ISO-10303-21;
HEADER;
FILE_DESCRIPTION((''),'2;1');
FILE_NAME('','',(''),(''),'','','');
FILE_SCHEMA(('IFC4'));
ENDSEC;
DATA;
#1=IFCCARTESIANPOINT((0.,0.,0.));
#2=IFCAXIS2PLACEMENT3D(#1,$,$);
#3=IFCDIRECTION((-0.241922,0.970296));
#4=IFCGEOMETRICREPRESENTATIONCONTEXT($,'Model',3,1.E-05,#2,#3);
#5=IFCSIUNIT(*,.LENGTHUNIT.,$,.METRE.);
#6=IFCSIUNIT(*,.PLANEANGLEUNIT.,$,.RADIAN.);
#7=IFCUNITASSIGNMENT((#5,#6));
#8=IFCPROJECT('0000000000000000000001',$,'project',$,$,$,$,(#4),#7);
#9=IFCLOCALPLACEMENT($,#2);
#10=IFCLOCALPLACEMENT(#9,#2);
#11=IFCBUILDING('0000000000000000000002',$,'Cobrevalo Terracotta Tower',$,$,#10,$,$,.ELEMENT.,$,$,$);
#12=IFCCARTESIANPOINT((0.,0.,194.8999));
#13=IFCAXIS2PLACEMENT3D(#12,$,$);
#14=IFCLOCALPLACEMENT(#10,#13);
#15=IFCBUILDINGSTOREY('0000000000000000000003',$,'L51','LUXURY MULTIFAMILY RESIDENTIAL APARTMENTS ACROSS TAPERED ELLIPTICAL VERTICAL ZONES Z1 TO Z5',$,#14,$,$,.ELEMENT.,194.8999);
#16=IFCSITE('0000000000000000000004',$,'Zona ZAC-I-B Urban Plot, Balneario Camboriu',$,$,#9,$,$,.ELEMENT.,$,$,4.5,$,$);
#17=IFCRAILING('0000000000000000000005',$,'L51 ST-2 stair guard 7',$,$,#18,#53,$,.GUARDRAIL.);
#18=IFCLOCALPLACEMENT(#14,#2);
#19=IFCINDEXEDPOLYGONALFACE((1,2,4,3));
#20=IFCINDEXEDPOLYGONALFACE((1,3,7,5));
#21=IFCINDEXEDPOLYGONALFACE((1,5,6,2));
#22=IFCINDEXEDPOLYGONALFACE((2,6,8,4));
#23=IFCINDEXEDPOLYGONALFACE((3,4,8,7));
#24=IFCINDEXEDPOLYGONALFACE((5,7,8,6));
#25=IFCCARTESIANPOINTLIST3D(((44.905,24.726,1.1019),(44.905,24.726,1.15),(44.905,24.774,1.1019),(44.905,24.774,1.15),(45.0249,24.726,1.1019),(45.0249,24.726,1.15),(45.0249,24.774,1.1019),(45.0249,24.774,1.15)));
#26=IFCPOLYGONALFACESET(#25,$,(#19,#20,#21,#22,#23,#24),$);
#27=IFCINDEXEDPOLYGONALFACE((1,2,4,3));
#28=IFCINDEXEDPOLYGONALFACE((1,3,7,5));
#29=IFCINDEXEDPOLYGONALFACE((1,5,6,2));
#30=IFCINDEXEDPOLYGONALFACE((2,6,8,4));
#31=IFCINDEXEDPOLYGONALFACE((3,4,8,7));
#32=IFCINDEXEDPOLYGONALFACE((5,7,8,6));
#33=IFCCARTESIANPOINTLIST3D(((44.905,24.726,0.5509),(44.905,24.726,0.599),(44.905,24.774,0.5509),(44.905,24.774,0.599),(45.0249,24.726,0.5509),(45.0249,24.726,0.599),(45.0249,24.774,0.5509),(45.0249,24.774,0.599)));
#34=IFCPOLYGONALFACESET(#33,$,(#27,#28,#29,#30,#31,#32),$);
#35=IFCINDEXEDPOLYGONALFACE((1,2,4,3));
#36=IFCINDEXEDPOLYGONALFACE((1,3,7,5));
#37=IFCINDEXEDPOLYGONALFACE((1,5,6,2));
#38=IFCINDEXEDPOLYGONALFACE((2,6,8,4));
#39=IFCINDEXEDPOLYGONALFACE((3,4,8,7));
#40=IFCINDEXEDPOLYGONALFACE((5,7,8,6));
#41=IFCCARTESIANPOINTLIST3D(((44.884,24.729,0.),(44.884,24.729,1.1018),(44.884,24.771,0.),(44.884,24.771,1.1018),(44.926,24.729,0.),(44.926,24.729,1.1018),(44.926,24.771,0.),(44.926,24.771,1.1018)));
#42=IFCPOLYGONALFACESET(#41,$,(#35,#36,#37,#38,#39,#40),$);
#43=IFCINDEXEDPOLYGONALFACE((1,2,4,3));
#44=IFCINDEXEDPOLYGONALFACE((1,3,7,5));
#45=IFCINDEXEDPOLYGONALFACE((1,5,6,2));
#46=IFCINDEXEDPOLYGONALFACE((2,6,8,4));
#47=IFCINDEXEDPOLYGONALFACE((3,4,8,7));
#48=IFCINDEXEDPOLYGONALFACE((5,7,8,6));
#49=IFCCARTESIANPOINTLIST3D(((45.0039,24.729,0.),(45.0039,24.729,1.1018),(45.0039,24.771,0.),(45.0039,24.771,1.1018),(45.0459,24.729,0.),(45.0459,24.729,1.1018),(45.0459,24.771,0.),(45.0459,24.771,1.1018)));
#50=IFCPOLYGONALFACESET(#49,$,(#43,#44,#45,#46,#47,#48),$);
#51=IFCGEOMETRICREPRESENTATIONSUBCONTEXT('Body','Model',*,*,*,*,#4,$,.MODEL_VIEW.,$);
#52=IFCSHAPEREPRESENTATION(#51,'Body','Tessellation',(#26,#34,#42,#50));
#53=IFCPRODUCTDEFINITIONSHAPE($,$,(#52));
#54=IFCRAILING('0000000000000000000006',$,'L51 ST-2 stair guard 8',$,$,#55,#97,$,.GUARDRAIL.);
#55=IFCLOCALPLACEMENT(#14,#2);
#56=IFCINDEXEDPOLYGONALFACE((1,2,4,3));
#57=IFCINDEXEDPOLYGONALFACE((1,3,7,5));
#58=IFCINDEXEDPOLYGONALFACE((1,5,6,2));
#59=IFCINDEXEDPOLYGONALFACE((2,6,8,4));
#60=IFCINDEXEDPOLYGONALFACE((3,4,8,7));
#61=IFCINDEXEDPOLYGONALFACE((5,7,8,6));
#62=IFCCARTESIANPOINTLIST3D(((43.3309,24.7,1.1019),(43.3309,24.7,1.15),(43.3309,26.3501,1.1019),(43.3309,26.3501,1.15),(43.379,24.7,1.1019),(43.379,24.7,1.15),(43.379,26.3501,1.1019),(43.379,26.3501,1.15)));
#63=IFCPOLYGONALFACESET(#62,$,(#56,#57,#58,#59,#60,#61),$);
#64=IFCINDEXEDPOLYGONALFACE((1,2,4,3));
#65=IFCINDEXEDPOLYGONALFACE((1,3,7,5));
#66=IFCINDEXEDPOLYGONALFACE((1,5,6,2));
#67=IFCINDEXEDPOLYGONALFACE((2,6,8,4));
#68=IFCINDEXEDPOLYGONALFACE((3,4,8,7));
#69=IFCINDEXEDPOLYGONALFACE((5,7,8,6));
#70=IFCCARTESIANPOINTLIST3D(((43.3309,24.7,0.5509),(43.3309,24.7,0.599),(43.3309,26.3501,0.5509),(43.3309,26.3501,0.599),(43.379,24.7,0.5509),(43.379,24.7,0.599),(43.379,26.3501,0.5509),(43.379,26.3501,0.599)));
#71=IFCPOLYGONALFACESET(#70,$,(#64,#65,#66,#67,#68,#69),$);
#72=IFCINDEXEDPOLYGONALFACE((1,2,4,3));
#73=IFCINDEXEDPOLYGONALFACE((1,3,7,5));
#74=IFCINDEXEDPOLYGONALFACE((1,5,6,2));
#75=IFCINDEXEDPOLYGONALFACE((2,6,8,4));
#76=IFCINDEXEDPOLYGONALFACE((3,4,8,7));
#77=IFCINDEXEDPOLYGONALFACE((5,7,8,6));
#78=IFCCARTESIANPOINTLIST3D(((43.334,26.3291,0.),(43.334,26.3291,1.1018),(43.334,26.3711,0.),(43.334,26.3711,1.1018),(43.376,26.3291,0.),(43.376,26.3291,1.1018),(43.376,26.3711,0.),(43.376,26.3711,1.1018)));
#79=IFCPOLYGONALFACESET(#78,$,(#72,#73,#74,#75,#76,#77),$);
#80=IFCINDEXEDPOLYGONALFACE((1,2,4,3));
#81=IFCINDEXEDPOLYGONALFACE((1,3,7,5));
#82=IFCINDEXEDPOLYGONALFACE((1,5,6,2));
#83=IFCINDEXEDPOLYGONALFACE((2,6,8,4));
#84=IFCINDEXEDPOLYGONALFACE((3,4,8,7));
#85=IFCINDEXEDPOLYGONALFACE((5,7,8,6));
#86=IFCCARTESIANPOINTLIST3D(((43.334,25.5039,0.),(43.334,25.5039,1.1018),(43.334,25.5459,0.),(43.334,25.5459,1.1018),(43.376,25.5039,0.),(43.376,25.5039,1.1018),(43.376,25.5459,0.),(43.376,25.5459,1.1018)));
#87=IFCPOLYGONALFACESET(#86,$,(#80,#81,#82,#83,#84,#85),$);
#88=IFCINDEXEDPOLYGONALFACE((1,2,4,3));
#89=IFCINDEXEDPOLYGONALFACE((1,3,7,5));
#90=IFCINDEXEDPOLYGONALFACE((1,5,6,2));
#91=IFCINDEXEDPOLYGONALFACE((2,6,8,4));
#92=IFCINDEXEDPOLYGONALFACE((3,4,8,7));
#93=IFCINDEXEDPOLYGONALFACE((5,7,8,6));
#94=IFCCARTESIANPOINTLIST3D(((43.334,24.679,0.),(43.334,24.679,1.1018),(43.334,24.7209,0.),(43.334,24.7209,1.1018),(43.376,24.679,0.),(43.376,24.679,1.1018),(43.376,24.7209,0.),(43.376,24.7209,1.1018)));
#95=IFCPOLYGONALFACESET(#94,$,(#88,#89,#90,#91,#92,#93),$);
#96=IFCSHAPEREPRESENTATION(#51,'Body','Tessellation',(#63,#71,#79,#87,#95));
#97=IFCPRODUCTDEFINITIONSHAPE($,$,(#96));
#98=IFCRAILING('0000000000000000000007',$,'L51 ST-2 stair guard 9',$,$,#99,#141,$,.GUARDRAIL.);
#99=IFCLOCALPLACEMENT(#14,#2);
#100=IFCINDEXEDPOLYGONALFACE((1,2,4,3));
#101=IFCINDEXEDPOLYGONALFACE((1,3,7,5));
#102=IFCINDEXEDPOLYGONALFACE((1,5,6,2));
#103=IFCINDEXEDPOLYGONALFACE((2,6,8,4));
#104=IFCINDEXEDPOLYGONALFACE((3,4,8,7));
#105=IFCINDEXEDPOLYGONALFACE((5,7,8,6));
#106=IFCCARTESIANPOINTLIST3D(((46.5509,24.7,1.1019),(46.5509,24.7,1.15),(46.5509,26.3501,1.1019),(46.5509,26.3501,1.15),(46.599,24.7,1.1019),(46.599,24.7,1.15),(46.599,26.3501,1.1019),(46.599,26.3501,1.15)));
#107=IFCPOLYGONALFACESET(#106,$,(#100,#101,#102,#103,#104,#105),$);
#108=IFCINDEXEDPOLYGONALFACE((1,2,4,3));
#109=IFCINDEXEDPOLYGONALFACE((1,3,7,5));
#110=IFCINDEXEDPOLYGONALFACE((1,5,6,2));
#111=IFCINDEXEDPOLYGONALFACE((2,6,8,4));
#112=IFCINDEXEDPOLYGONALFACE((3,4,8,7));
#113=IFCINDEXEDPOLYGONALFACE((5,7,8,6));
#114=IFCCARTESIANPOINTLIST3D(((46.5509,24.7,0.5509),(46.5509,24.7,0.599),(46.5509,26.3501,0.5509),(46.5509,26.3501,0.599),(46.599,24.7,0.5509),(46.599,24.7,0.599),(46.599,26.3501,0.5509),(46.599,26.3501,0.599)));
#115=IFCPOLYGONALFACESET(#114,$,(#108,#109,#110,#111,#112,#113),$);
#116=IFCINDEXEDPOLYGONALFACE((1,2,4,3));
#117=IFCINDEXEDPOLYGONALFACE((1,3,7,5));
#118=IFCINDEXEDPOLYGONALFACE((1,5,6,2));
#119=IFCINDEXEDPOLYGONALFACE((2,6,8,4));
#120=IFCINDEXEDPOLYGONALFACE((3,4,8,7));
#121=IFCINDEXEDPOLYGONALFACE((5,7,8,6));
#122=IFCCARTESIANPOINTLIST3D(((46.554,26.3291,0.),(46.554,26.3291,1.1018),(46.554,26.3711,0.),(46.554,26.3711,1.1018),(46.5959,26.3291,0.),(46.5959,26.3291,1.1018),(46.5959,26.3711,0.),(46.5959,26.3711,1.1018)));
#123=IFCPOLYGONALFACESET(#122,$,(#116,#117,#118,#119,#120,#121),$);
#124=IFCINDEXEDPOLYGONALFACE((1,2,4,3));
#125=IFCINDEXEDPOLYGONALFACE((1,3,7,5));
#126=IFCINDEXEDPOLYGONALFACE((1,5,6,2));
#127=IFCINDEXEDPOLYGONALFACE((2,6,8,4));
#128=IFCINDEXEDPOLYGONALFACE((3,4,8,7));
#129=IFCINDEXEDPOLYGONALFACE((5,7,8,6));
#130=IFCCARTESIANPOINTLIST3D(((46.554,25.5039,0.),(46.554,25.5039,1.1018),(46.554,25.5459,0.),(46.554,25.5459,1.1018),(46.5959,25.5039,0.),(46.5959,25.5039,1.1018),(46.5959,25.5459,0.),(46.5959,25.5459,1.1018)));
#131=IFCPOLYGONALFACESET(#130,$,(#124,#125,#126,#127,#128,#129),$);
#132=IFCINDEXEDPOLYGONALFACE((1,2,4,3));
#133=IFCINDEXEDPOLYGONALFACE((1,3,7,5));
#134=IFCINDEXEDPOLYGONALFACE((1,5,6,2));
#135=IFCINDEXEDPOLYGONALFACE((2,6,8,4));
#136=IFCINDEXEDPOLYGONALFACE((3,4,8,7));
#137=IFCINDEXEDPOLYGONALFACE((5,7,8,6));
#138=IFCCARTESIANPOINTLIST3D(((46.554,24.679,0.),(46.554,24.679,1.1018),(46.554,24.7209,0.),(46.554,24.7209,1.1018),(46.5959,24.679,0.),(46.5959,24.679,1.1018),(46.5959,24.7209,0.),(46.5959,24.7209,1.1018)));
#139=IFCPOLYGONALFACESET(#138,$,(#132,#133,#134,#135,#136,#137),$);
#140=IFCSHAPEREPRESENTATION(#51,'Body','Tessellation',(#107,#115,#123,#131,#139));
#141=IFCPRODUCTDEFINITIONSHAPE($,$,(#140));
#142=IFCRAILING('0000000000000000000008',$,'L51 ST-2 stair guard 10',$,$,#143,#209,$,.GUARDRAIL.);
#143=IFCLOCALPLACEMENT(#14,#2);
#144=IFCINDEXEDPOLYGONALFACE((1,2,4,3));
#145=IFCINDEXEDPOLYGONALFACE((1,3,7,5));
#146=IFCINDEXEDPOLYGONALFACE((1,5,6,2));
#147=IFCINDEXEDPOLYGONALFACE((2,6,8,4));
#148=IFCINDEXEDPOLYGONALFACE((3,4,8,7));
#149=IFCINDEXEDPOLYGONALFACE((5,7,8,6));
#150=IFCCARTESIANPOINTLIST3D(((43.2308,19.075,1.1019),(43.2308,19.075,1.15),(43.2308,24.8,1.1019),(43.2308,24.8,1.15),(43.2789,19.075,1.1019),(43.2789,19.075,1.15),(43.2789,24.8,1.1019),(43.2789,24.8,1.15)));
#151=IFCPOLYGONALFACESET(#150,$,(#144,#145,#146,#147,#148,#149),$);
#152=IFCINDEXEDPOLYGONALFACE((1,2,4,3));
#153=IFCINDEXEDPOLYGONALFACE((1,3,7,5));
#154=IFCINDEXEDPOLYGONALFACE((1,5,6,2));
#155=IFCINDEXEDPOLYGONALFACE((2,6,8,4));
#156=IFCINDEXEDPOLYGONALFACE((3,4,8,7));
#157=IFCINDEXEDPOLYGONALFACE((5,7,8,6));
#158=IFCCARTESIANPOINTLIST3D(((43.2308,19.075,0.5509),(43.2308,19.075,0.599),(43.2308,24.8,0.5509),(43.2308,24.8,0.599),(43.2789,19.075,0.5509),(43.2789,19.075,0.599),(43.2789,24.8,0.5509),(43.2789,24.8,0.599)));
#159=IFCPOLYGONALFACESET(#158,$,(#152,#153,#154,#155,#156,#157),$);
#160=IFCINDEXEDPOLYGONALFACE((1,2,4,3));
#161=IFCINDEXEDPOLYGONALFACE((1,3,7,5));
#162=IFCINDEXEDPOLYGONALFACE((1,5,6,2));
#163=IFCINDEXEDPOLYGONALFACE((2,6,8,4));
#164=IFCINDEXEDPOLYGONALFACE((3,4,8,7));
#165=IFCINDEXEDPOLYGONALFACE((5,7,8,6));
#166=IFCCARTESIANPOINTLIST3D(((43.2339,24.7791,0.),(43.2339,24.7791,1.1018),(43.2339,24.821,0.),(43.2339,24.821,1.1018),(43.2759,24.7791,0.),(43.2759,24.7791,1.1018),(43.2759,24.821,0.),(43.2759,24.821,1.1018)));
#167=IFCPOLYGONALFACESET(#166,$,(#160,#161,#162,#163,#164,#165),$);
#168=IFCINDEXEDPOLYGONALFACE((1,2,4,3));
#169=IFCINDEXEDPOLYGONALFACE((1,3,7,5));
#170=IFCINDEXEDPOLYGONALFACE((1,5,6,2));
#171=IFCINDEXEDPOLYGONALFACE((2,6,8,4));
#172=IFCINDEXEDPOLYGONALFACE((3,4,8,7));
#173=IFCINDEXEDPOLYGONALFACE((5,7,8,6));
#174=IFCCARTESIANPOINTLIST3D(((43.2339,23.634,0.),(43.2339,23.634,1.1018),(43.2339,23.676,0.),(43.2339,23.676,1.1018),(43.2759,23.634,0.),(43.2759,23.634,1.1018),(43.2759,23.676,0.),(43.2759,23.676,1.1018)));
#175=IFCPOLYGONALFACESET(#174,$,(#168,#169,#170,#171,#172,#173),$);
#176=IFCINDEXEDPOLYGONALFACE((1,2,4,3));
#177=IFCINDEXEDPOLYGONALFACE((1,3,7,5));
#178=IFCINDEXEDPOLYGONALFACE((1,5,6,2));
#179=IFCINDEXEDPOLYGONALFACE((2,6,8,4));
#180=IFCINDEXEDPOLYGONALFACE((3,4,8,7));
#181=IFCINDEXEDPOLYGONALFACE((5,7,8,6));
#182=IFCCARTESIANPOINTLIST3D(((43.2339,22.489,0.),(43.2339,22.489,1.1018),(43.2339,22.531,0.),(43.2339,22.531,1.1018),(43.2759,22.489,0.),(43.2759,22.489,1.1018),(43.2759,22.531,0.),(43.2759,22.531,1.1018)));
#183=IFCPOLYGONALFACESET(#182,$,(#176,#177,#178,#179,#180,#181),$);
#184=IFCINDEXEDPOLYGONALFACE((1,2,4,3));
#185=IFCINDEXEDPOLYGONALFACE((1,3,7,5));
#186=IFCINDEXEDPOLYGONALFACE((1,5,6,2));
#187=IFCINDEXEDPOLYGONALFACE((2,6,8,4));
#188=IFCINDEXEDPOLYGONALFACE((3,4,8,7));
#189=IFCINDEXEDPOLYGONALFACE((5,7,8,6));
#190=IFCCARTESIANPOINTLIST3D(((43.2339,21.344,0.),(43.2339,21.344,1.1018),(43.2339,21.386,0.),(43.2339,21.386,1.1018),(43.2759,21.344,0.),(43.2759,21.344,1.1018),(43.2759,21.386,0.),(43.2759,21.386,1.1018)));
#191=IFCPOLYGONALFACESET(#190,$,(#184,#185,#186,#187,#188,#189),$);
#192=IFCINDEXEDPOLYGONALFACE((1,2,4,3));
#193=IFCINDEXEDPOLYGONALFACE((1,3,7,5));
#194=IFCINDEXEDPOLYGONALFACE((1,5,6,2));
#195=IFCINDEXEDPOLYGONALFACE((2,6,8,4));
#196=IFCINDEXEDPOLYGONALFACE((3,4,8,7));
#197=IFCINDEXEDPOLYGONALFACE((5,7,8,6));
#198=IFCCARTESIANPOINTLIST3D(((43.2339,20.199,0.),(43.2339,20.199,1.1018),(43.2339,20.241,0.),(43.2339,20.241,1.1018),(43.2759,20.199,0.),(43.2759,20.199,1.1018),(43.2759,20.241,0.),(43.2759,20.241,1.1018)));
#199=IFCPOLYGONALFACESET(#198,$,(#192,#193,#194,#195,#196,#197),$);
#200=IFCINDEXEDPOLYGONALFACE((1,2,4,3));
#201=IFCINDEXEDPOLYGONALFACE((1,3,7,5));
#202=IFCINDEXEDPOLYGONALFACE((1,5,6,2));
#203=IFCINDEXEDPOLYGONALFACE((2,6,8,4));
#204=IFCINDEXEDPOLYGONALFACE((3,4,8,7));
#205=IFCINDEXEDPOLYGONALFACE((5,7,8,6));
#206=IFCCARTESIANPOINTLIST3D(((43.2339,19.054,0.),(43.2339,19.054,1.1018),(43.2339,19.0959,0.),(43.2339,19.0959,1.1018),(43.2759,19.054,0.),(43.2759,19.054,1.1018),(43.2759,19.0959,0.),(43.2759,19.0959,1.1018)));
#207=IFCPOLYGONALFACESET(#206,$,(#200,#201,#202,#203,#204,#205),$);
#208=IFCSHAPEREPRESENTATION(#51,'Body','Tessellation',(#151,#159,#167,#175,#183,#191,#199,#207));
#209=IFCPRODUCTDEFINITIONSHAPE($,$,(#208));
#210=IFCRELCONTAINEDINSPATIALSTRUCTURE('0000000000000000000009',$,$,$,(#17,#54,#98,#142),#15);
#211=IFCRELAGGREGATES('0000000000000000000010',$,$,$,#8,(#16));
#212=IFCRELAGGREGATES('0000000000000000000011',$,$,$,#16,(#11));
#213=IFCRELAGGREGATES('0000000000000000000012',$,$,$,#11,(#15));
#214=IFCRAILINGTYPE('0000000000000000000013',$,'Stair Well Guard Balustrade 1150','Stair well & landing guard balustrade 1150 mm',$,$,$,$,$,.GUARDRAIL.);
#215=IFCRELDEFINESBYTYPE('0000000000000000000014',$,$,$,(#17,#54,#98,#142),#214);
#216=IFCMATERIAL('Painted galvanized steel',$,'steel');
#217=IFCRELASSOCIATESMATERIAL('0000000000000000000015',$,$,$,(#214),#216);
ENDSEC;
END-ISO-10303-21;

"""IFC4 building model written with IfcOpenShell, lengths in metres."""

from ifc_helpers import new_model, si_unit, direction, frame, origin, origin_2d, place, context, subcontext, project, spatial, rectangle, extrude, material, type_object, element, save


model = new_model("IFC4")

# Units and contexts
model_context = context("Model", 3, precision=1e-05, world=origin(), true_north=direction((-0.241922, 0.970296)))
body_context = subcontext(model_context, "Body", "Model", "MODEL_VIEW")
ifc_project = project(units=[si_unit("LENGTHUNIT", "METRE"), si_unit("PLANEANGLEUNIT", "RADIAN")], contexts=[model_context])

# Site, building, storey
site_placement = place(None, origin())
site = spatial("IfcSite", under=ifc_project, at=site_placement, Name="Zona ZAC-I-B Urban Plot, Balneario Camboriu", CompositionType="ELEMENT", RefElevation=4.5)
building_placement = place(site_placement, origin())
building = spatial("IfcBuilding", under=site, at=building_placement, Name="Cobrevalo Terracotta Tower", CompositionType="ELEMENT")
storey_placement = place(building_placement, frame((0.0, 0.0, 194.8999)))
storey = spatial("IfcBuildingStorey", under=building, at=storey_placement, Name="L51", Description="LUXURY MULTIFAMILY RESIDENTIAL APARTMENTS ACROSS TAPERED ELLIPTICAL VERTICAL ZONES Z1 TO Z5", CompositionType="ELEMENT", Elevation=194.8999)

# Railings
ifc_material_1 = material(Name="Painted galvanized steel", Category="steel")
railing_type_1 = type_object("IfcRailingType", Name="Stair Well Guard Balustrade 1150", Description="Stair well & landing guard balustrade 1150 mm", PredefinedType="GUARDRAIL", material=ifc_material_1)
railing_1_placement = place(storey_placement, frame((44.905, 24.75, 0.0)))
element("IfcRailing", 1, at=railing_1_placement, inside=storey, type_object=railing_type_1, Name="L51 ST-2 stair guard 7", PredefinedType="GUARDRAIL", context=body_context, shape_type="SweptSolid", body=[
    extrude(rectangle(XDim=0.0481, YDim=0.0481, at=origin_2d()), frame((0.0, 0.0, 1.126), z_axis=(1.0, 0.0, 0.0), x_axis=(0.0, 1.0, 0.0)), (0.0, 0.0, 1.0), 0.1199),
    extrude(rectangle(XDim=0.0481, YDim=0.0481, at=origin_2d()), frame((0.0, 0.0, 0.575), z_axis=(1.0, 0.0, 0.0), x_axis=(0.0, 1.0, 0.0)), (0.0, 0.0, 1.0), 0.1199),
    extrude(rectangle(XDim=0.042, YDim=0.042, at=origin_2d()), origin(), (0.0, 0.0, 1.0), 1.1018),
    extrude(rectangle(XDim=0.042, YDim=0.042, at=origin_2d()), frame((0.1199, 0.0, 0.0)), (0.0, 0.0, 1.0), 1.1018),
])
for number, where, name in (
    (2, (43.355, 26.3501, 0.0), "L51 ST-2 stair guard 8"),
    (3, (46.575, 26.3501, 0.0), "L51 ST-2 stair guard 9"),
):
    element("IfcRailing", number, at=place(storey_placement, frame(where)), inside=storey, type_object=railing_type_1, Name=name, PredefinedType="GUARDRAIL", context=body_context, shape_type="SweptSolid", body=[
        extrude(rectangle(XDim=0.0481, YDim=0.0481, at=origin_2d()), frame((0.0, 0.0, 1.126), z_axis=(0.0, -1.0, 0.0), x_axis=(1.0, 0.0, 0.0)), (0.0, 0.0, 1.0), 1.6501),
        extrude(rectangle(XDim=0.0481, YDim=0.0481, at=origin_2d()), frame((0.0, 0.0, 0.575), z_axis=(0.0, -1.0, 0.0), x_axis=(1.0, 0.0, 0.0)), (0.0, 0.0, 1.0), 1.6501),
        extrude(rectangle(XDim=0.042, YDim=0.042, at=origin_2d()), origin(), (0.0, 0.0, 1.0), 1.1018),
        extrude(rectangle(XDim=0.042, YDim=0.042, at=origin_2d()), frame((0.0, -0.8252, 0.0)), (0.0, 0.0, 1.0), 1.1018),
        extrude(rectangle(XDim=0.042, YDim=0.042, at=origin_2d()), frame((0.0, -1.6501, 0.0)), (0.0, 0.0, 1.0), 1.1018),
    ])
for number, where, name in (
    (4, (43.2549, 24.8, 0.0), "L51 ST-2 stair guard 10"),
):
    element("IfcRailing", number, at=place(storey_placement, frame(where)), inside=storey, type_object=railing_type_1, Name=name, PredefinedType="GUARDRAIL", context=body_context, shape_type="SweptSolid", body=[
        extrude(rectangle(XDim=0.0481, YDim=0.0481, at=origin_2d()), frame((0.0, 0.0, 1.126), z_axis=(0.0, -1.0, 0.0), x_axis=(1.0, 0.0, 0.0)), (0.0, 0.0, 1.0), 5.7251),
        extrude(rectangle(XDim=0.0481, YDim=0.0481, at=origin_2d()), frame((0.0, 0.0, 0.575), z_axis=(0.0, -1.0, 0.0), x_axis=(1.0, 0.0, 0.0)), (0.0, 0.0, 1.0), 5.7251),
        extrude(rectangle(XDim=0.042, YDim=0.042, at=origin_2d()), origin(), (0.0, 0.0, 1.0), 1.1018),
        extrude(rectangle(XDim=0.042, YDim=0.042, at=origin_2d()), frame((0.0, -1.145, 0.0)), (0.0, 0.0, 1.0), 1.1018),
        extrude(rectangle(XDim=0.042, YDim=0.042, at=origin_2d()), frame((0.0, -2.29, 0.0)), (0.0, 0.0, 1.0), 1.1018),
        extrude(rectangle(XDim=0.042, YDim=0.042, at=origin_2d()), frame((0.0, -3.4351, 0.0)), (0.0, 0.0, 1.0), 1.1018),
        extrude(rectangle(XDim=0.042, YDim=0.042, at=origin_2d()), frame((0.0, -4.5801, 0.0)), (0.0, 0.0, 1.0), 1.1018),
        extrude(rectangle(XDim=0.042, YDim=0.042, at=origin_2d()), frame((0.0, -5.7251, 0.0)), (0.0, 0.0, 1.0), 1.1018),
    ])

save(model, "model.ifc")
